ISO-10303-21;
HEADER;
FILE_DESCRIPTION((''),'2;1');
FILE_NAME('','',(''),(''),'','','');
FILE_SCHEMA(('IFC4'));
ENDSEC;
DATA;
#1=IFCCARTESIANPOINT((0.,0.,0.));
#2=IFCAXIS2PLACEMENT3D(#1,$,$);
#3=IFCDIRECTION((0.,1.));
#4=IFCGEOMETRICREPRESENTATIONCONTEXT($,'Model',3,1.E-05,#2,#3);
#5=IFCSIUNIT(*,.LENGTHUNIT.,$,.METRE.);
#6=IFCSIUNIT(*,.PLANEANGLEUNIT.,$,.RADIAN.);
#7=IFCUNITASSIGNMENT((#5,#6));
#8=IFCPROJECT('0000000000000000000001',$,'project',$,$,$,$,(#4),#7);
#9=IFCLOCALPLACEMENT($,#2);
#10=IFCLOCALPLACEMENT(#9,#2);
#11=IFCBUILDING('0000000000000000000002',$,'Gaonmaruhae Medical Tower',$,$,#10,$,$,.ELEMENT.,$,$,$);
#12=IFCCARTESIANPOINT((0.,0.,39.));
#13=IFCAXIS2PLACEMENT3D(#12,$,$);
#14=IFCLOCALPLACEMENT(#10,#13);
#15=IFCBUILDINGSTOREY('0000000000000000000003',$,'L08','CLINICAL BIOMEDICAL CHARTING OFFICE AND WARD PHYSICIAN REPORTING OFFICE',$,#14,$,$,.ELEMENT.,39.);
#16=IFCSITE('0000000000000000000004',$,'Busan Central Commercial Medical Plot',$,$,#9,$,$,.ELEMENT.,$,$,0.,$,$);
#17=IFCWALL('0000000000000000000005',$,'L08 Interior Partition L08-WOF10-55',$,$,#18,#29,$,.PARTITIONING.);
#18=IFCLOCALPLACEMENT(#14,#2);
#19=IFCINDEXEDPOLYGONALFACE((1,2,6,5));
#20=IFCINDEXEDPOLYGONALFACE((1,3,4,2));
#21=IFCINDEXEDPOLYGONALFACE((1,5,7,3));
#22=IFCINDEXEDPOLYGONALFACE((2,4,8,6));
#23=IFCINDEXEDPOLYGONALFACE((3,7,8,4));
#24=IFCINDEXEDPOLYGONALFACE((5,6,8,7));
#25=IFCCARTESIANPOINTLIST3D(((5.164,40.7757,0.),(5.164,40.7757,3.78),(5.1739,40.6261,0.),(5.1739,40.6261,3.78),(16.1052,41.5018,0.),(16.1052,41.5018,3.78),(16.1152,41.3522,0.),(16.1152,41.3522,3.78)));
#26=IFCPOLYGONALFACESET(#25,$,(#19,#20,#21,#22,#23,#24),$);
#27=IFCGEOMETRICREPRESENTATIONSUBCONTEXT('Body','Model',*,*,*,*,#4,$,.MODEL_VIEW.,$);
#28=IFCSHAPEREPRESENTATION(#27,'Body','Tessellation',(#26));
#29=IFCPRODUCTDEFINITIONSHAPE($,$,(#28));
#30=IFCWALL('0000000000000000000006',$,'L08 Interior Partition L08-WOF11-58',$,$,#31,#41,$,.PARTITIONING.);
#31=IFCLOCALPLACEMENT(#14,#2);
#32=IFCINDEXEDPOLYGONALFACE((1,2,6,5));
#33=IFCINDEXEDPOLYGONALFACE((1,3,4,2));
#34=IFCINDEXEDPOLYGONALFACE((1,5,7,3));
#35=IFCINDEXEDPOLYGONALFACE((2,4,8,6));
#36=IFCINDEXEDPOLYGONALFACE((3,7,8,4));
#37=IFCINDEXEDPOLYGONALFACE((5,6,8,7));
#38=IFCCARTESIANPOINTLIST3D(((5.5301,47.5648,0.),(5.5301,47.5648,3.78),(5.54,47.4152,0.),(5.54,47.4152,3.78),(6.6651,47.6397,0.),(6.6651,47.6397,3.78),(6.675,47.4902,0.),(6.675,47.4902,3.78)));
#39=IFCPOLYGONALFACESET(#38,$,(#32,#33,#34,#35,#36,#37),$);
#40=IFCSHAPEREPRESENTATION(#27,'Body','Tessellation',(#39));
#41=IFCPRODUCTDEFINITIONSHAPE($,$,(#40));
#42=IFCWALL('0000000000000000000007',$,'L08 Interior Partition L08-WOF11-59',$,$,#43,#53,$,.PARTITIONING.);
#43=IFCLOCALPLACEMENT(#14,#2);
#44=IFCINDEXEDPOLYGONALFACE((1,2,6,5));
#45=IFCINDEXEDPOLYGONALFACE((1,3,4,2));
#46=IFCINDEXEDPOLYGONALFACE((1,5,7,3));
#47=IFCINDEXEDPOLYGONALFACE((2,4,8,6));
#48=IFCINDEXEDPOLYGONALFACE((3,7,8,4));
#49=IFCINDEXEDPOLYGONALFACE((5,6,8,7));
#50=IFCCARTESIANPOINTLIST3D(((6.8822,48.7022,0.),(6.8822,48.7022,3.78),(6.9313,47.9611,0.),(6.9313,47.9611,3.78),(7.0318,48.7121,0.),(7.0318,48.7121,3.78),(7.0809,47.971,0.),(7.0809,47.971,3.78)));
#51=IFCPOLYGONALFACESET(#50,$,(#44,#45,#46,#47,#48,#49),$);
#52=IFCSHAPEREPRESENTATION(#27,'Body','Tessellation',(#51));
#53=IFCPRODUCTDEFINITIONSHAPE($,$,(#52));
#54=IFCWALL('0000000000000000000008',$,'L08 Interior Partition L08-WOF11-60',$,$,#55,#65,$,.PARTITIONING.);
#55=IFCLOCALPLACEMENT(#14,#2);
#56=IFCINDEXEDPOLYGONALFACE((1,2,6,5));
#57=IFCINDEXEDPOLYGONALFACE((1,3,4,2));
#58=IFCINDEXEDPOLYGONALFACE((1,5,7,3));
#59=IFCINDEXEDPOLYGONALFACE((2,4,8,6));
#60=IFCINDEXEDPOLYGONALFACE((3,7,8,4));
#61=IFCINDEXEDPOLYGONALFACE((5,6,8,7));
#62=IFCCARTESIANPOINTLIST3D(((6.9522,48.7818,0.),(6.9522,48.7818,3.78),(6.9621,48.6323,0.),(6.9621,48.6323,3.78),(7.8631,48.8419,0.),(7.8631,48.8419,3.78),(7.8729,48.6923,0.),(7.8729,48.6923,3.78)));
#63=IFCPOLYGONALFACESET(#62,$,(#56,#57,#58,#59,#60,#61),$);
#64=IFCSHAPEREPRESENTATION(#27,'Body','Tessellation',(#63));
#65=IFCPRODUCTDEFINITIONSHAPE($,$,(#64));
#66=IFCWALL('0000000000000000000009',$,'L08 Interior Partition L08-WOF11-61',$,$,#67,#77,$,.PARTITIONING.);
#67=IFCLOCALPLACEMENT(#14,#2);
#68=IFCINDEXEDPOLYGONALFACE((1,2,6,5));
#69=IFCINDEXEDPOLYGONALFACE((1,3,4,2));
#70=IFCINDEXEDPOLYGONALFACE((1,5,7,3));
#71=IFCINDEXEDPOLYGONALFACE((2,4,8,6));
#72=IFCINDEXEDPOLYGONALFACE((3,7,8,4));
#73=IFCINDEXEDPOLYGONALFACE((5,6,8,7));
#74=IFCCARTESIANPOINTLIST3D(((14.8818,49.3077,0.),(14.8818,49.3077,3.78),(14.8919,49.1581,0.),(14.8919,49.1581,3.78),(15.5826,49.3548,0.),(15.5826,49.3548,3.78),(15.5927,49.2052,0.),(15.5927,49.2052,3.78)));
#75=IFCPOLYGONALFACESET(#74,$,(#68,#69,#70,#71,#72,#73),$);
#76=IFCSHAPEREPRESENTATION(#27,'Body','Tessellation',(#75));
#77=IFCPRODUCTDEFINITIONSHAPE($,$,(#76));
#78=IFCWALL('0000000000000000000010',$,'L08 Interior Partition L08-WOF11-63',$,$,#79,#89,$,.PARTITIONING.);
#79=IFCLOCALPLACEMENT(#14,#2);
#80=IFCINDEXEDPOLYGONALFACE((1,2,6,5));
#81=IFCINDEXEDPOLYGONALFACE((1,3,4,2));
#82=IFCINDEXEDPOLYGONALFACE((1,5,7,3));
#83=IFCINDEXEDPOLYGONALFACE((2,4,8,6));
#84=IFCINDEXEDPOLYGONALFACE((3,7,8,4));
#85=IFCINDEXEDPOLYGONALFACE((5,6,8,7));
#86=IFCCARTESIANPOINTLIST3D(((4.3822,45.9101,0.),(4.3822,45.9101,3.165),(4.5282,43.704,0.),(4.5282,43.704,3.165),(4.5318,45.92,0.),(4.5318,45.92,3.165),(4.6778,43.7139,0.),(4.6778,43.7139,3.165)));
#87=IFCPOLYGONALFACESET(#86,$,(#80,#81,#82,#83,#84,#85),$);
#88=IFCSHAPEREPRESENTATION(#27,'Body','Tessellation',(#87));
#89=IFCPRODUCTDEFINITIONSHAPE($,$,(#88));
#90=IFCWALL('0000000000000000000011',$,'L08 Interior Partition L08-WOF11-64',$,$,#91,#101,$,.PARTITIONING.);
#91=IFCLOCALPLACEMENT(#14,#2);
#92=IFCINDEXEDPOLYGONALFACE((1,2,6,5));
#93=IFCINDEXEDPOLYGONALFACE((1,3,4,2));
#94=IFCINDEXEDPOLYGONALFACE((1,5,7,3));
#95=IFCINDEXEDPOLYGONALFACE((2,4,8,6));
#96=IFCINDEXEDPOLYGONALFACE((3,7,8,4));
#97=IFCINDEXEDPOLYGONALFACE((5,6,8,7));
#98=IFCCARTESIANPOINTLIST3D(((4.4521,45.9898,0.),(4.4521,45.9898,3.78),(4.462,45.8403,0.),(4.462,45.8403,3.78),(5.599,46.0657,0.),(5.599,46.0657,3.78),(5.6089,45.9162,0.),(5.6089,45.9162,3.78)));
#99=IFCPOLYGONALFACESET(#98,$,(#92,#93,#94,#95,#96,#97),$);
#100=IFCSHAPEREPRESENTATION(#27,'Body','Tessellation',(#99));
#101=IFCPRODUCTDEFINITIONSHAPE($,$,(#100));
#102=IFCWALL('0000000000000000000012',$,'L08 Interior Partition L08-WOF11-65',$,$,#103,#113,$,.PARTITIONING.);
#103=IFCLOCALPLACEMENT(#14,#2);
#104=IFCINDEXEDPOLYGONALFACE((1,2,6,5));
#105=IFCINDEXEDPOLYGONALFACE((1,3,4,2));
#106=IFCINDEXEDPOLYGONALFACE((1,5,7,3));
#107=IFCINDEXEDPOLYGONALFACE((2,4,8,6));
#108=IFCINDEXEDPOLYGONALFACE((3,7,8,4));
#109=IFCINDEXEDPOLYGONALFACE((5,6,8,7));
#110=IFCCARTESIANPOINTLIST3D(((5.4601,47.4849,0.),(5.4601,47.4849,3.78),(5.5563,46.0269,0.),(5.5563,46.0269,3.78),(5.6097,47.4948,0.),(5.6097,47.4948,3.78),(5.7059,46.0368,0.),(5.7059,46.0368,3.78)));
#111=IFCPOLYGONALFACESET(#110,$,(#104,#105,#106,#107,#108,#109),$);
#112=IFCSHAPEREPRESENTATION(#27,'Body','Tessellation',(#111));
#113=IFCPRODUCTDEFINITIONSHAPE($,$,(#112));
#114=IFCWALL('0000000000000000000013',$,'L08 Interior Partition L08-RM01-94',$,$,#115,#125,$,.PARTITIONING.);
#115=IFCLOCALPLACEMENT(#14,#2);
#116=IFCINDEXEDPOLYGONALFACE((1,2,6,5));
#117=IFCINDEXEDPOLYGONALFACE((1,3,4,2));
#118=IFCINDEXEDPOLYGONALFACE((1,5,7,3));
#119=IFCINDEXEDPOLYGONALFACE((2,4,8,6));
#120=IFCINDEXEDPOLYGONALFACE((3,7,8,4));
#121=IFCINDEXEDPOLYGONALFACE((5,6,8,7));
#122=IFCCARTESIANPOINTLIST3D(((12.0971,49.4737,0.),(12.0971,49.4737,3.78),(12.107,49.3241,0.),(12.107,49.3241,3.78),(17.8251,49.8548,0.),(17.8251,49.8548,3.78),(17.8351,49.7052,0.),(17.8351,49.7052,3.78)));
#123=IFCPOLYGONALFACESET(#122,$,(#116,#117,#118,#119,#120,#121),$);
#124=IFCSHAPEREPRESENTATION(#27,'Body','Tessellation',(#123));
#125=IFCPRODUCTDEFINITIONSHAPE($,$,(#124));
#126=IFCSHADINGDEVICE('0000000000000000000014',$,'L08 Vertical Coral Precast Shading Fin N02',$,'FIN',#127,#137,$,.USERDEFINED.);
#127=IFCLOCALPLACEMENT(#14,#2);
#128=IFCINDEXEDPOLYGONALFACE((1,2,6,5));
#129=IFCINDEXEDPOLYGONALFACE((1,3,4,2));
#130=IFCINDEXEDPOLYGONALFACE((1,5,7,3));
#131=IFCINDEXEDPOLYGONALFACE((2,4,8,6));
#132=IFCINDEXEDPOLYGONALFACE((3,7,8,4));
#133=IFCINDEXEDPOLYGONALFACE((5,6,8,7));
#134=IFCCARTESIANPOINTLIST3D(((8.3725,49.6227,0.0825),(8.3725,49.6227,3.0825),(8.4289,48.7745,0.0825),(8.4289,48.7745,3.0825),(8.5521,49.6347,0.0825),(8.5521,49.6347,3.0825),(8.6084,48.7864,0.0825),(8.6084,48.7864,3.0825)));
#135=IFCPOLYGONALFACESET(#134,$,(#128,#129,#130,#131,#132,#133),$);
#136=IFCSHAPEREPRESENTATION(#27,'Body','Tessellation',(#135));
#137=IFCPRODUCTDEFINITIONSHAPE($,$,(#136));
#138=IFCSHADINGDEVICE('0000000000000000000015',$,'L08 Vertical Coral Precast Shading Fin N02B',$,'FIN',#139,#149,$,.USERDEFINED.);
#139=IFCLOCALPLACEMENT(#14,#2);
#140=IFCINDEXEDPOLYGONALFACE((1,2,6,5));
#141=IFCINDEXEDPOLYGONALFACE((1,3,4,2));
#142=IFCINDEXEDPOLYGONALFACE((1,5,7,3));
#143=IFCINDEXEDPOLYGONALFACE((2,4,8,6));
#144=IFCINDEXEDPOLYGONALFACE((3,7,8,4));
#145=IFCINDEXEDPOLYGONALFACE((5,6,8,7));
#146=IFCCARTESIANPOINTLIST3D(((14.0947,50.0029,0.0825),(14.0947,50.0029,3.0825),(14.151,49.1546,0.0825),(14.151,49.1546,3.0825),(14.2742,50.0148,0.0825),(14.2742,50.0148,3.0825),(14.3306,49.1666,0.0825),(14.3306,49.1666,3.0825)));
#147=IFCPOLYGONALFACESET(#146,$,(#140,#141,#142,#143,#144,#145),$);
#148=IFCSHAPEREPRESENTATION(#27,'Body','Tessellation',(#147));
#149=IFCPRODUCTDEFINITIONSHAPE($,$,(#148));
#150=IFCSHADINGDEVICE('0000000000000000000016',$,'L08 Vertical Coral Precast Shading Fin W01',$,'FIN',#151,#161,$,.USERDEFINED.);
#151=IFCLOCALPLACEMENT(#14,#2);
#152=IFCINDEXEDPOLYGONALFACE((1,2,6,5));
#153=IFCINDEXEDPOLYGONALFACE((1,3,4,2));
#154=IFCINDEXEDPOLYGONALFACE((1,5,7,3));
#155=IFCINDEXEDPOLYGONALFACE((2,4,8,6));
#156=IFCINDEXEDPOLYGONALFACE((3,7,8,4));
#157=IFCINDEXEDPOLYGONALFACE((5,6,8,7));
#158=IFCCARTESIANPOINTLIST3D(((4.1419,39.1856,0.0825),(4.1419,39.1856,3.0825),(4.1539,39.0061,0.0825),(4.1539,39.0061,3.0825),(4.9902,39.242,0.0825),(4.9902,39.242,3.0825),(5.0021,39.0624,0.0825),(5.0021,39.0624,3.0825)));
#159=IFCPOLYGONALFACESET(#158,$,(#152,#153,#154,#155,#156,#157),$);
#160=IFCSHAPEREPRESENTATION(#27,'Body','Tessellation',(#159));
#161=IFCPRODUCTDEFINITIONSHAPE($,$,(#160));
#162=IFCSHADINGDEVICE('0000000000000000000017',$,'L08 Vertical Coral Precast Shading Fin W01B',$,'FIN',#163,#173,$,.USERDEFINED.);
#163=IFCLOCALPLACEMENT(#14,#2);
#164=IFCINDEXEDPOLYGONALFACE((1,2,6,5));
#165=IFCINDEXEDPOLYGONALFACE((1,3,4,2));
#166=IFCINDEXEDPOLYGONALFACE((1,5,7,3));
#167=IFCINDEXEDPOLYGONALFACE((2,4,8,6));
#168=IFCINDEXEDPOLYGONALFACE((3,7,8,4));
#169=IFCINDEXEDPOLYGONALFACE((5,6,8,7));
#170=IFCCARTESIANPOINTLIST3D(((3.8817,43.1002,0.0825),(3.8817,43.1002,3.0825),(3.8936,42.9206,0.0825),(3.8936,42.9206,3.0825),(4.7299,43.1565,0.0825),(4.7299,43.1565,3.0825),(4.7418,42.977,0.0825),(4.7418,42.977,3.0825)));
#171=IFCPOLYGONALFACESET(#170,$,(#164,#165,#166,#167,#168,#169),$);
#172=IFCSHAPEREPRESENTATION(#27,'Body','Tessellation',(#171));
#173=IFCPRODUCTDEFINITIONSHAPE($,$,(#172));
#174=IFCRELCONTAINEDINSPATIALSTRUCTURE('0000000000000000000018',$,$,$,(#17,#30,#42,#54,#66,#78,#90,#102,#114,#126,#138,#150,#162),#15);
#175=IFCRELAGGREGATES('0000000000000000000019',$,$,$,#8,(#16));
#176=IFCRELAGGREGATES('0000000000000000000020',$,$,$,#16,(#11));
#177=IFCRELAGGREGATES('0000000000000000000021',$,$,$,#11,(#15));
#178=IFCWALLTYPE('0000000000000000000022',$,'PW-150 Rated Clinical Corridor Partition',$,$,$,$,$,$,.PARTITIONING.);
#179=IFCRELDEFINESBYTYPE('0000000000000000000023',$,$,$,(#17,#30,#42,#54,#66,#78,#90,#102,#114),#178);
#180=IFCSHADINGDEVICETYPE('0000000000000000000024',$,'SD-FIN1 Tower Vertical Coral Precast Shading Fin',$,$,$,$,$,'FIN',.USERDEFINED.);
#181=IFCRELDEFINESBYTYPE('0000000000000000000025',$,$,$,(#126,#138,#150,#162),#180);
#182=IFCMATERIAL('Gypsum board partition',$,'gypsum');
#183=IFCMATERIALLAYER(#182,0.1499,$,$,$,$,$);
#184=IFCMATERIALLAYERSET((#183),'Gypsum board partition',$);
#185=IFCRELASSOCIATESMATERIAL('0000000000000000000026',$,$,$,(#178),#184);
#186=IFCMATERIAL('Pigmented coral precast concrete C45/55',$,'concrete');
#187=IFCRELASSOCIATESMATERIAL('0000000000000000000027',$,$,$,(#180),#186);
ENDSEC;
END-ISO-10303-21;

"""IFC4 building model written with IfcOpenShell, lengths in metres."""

from ifc_helpers import new_model, si_unit, direction, frame, frame_2d, origin, origin_2d, place, context, subcontext, project, spatial, rectangle, extrude, material, layer, layer_set, type_object, element, save


model = new_model("IFC4")

# Units and contexts
model_context = context("Model", 3, precision=1e-05, world=origin(), true_north=direction((0.0, 1.0)))
body_context = subcontext(model_context, "Body", "Model", "MODEL_VIEW")
ifc_project = project(units=[si_unit("LENGTHUNIT", "METRE"), si_unit("PLANEANGLEUNIT", "RADIAN")], contexts=[model_context])

# Site, building, storey
site_placement = place(None, origin())
site = spatial("IfcSite", under=ifc_project, at=site_placement, Name="Busan Central Commercial Medical Plot", CompositionType="ELEMENT", RefElevation=0.0)
building_placement = place(site_placement, origin())
building = spatial("IfcBuilding", under=site, at=building_placement, Name="Gaonmaruhae Medical Tower", CompositionType="ELEMENT")
storey_placement = place(building_placement, frame((0.0, 0.0, 39.0)))
storey = spatial("IfcBuildingStorey", under=building, at=storey_placement, Name="L08", Description="CLINICAL BIOMEDICAL CHARTING OFFICE AND WARD PHYSICIAN REPORTING OFFICE", CompositionType="ELEMENT", Elevation=39.0)

# Walls
ifc_material_1 = material(Name="Gypsum board partition", Category="gypsum")
ifc_layer_1 = layer(ifc_material_1, 0.1499)
ifc_layer_set_1 = layer_set([ifc_layer_1], Name="Gypsum board partition")
wall_type_1 = type_object("IfcWallType", Name="PW-150 Rated Clinical Corridor Partition", PredefinedType="PARTITIONING", material=ifc_layer_set_1)
wall_1_placement = place(storey_placement, frame((5.1689, 40.7009, 0.0), z_axis=(0.0, 0.0, 1.0), x_axis=(0.997805, 0.066216, 0.0)))
element("IfcWall", 1, at=wall_1_placement, inside=storey, type_object=wall_type_1, Name="L08 Interior Partition L08-WOF10-55", PredefinedType="PARTITIONING", context=body_context, shape_type="SweptSolid", body=[
    extrude(rectangle(XDim=10.9653, YDim=0.1499, at=frame_2d((5.4827, 0.0))), origin(), (0.0, 0.0, 1.0), 3.78),
])
wall_2_placement = place(storey_placement, frame((5.5349, 47.49, 0.0), z_axis=(0.0, 0.0, 1.0), x_axis=(0.997827, 0.065892, 0.0)))
element("IfcWall", 2, at=wall_2_placement, inside=storey, type_object=wall_type_1, Name="L08 Interior Partition L08-WOF11-58", PredefinedType="PARTITIONING", context=body_context, shape_type="SweptSolid", body=[
    extrude(rectangle(XDim=1.1375, YDim=0.1499, at=frame_2d((0.5688, 0.0))), origin(), (0.0, 0.0, 1.0), 3.78),
])
wall_3_placement = place(storey_placement, frame((7.0061, 47.9661, 0.0), z_axis=(0.0, 0.0, 1.0), x_axis=(-0.066083, 0.997814, 0.0)))
element("IfcWall", 3, at=wall_3_placement, inside=storey, type_object=wall_type_1, Name="L08 Interior Partition L08-WOF11-59", PredefinedType="PARTITIONING", context=body_context, shape_type="SweptSolid", body=[
    extrude(rectangle(XDim=0.7427, YDim=0.1499, at=frame_2d((0.3713, 0.0))), origin(), (0.0, 0.0, 1.0), 3.78),
])
wall_4_placement = place(storey_placement, frame((6.957, 48.707, 0.0), z_axis=(0.0, 0.0, 1.0), x_axis=(0.997833, 0.065791, 0.0)))
element("IfcWall", 4, at=wall_4_placement, inside=storey, type_object=wall_type_1, Name="L08 Interior Partition L08-WOF11-60", PredefinedType="PARTITIONING", context=body_context, shape_type="SweptSolid", body=[
    extrude(rectangle(XDim=0.9128, YDim=0.1499, at=frame_2d((0.4565, 0.0))), origin(), (0.0, 0.0, 1.0), 3.78),
])
wall_5_placement = place(storey_placement, frame((14.887, 49.2329, 0.0), z_axis=(0.0, 0.0, 1.0), x_axis=(0.997748, 0.067073, 0.0)))
element("IfcWall", 5, at=wall_5_placement, inside=storey, type_object=wall_type_1, Name="L08 Interior Partition L08-WOF11-61", PredefinedType="PARTITIONING", context=body_context, shape_type="SweptSolid", body=[
    extrude(rectangle(XDim=0.7024, YDim=0.1499, at=frame_2d((0.3511, 0.0))), origin(), (0.0, 0.0, 1.0), 3.78),
])
wall_6_placement = place(storey_placement, frame((4.603, 43.709, 0.0), z_axis=(0.0, 0.0, 1.0), x_axis=(-0.066035, 0.997817, 0.0)))
element("IfcWall", 6, at=wall_6_placement, inside=storey, type_object=wall_type_1, Name="L08 Interior Partition L08-WOF11-63", PredefinedType="PARTITIONING", context=body_context, shape_type="SweptSolid", body=[
    extrude(rectangle(XDim=2.2109, YDim=0.1499, at=frame_2d((1.1055, 0.0))), origin(), (0.0, 0.0, 1.0), 3.165),
])
wall_7_placement = place(storey_placement, frame((4.457, 45.915, 0.0), z_axis=(0.0, 0.0, 1.0), x_axis=(0.997816, 0.066054, 0.0)))
element("IfcWall", 7, at=wall_7_placement, inside=storey, type_object=wall_type_1, Name="L08 Interior Partition L08-WOF11-64", PredefinedType="PARTITIONING", context=body_context, shape_type="SweptSolid", body=[
    extrude(rectangle(XDim=1.1494, YDim=0.1499, at=frame_2d((0.5747, 0.0))), origin(), (0.0, 0.0, 1.0), 3.78),
])
wall_8_placement = place(storey_placement, frame((5.6311, 46.032, 0.0), z_axis=(0.0, 0.0, 1.0), x_axis=(-0.065831, 0.997831, 0.0)))
element("IfcWall", 8, at=wall_8_placement, inside=storey, type_object=wall_type_1, Name="L08 Interior Partition L08-WOF11-65", PredefinedType="PARTITIONING", context=body_context, shape_type="SweptSolid", body=[
    extrude(rectangle(XDim=1.4612, YDim=0.1499, at=frame_2d((0.7305, 0.0))), origin(), (0.0, 0.0, 1.0), 3.78),
])
wall_9_placement = place(storey_placement, frame((12.1021, 49.3989, 0.0), z_axis=(0.0, 0.0, 1.0), x_axis=(0.997794, 0.066386, 0.0)))
element("IfcWall", 9, at=wall_9_placement, inside=storey, type_object=wall_type_1, Name="L08 Interior Partition L08-RM01-94", PredefinedType="PARTITIONING", context=body_context, shape_type="SweptSolid", body=[
    extrude(rectangle(XDim=5.7407, YDim=0.1499, at=frame_2d((2.8704, 0.0))), origin(), (0.0, 0.0, 1.0), 3.78),
])

# Shading devices
ifc_material_2 = material(Name="Pigmented coral precast concrete C45/55", Category="concrete")
shading_device_type = type_object("IfcShadingDeviceType", Name="SD-FIN1 Tower Vertical Coral Precast Shading Fin", ElementType="FIN", PredefinedType="USERDEFINED", material=ifc_material_2)
for number, where, z_axis, x_axis, name in (
    (10, (8.4905, 49.2046, 0.0825), (0.0, 0.0, 1.0), (0.997801, 0.066274, 0.0), "L08 Vertical Coral Precast Shading Fin N02"),
    (11, (14.2126, 49.5847, 0.0825), (0.0, 0.0, 1.0), (0.997801, 0.066274, 0.0), "L08 Vertical Coral Precast Shading Fin N02B"),
    (12, (4.572, 39.124, 0.0825), (0.0, 0.0, 1.0), (-0.066291, 0.9978, 0.0), "L08 Vertical Coral Precast Shading Fin W01"),
    (13, (4.3118, 43.0386, 0.0825), (0.0, 0.0, 1.0), (-0.066291, 0.9978, 0.0), "L08 Vertical Coral Precast Shading Fin W01B"),
):
    element("IfcShadingDevice", number, at=place(storey_placement, frame(where, z_axis=z_axis, x_axis=x_axis)), inside=storey, type_object=shading_device_type, Name=name, ObjectType="FIN", PredefinedType="USERDEFINED", context=body_context, shape_type="SweptSolid", body=[
        extrude(rectangle(XDim=0.1799, YDim=0.8501, at=origin_2d()), origin(), (0.0, 0.0, 1.0), 3.0),
    ])

save(model, "model.ifc")
